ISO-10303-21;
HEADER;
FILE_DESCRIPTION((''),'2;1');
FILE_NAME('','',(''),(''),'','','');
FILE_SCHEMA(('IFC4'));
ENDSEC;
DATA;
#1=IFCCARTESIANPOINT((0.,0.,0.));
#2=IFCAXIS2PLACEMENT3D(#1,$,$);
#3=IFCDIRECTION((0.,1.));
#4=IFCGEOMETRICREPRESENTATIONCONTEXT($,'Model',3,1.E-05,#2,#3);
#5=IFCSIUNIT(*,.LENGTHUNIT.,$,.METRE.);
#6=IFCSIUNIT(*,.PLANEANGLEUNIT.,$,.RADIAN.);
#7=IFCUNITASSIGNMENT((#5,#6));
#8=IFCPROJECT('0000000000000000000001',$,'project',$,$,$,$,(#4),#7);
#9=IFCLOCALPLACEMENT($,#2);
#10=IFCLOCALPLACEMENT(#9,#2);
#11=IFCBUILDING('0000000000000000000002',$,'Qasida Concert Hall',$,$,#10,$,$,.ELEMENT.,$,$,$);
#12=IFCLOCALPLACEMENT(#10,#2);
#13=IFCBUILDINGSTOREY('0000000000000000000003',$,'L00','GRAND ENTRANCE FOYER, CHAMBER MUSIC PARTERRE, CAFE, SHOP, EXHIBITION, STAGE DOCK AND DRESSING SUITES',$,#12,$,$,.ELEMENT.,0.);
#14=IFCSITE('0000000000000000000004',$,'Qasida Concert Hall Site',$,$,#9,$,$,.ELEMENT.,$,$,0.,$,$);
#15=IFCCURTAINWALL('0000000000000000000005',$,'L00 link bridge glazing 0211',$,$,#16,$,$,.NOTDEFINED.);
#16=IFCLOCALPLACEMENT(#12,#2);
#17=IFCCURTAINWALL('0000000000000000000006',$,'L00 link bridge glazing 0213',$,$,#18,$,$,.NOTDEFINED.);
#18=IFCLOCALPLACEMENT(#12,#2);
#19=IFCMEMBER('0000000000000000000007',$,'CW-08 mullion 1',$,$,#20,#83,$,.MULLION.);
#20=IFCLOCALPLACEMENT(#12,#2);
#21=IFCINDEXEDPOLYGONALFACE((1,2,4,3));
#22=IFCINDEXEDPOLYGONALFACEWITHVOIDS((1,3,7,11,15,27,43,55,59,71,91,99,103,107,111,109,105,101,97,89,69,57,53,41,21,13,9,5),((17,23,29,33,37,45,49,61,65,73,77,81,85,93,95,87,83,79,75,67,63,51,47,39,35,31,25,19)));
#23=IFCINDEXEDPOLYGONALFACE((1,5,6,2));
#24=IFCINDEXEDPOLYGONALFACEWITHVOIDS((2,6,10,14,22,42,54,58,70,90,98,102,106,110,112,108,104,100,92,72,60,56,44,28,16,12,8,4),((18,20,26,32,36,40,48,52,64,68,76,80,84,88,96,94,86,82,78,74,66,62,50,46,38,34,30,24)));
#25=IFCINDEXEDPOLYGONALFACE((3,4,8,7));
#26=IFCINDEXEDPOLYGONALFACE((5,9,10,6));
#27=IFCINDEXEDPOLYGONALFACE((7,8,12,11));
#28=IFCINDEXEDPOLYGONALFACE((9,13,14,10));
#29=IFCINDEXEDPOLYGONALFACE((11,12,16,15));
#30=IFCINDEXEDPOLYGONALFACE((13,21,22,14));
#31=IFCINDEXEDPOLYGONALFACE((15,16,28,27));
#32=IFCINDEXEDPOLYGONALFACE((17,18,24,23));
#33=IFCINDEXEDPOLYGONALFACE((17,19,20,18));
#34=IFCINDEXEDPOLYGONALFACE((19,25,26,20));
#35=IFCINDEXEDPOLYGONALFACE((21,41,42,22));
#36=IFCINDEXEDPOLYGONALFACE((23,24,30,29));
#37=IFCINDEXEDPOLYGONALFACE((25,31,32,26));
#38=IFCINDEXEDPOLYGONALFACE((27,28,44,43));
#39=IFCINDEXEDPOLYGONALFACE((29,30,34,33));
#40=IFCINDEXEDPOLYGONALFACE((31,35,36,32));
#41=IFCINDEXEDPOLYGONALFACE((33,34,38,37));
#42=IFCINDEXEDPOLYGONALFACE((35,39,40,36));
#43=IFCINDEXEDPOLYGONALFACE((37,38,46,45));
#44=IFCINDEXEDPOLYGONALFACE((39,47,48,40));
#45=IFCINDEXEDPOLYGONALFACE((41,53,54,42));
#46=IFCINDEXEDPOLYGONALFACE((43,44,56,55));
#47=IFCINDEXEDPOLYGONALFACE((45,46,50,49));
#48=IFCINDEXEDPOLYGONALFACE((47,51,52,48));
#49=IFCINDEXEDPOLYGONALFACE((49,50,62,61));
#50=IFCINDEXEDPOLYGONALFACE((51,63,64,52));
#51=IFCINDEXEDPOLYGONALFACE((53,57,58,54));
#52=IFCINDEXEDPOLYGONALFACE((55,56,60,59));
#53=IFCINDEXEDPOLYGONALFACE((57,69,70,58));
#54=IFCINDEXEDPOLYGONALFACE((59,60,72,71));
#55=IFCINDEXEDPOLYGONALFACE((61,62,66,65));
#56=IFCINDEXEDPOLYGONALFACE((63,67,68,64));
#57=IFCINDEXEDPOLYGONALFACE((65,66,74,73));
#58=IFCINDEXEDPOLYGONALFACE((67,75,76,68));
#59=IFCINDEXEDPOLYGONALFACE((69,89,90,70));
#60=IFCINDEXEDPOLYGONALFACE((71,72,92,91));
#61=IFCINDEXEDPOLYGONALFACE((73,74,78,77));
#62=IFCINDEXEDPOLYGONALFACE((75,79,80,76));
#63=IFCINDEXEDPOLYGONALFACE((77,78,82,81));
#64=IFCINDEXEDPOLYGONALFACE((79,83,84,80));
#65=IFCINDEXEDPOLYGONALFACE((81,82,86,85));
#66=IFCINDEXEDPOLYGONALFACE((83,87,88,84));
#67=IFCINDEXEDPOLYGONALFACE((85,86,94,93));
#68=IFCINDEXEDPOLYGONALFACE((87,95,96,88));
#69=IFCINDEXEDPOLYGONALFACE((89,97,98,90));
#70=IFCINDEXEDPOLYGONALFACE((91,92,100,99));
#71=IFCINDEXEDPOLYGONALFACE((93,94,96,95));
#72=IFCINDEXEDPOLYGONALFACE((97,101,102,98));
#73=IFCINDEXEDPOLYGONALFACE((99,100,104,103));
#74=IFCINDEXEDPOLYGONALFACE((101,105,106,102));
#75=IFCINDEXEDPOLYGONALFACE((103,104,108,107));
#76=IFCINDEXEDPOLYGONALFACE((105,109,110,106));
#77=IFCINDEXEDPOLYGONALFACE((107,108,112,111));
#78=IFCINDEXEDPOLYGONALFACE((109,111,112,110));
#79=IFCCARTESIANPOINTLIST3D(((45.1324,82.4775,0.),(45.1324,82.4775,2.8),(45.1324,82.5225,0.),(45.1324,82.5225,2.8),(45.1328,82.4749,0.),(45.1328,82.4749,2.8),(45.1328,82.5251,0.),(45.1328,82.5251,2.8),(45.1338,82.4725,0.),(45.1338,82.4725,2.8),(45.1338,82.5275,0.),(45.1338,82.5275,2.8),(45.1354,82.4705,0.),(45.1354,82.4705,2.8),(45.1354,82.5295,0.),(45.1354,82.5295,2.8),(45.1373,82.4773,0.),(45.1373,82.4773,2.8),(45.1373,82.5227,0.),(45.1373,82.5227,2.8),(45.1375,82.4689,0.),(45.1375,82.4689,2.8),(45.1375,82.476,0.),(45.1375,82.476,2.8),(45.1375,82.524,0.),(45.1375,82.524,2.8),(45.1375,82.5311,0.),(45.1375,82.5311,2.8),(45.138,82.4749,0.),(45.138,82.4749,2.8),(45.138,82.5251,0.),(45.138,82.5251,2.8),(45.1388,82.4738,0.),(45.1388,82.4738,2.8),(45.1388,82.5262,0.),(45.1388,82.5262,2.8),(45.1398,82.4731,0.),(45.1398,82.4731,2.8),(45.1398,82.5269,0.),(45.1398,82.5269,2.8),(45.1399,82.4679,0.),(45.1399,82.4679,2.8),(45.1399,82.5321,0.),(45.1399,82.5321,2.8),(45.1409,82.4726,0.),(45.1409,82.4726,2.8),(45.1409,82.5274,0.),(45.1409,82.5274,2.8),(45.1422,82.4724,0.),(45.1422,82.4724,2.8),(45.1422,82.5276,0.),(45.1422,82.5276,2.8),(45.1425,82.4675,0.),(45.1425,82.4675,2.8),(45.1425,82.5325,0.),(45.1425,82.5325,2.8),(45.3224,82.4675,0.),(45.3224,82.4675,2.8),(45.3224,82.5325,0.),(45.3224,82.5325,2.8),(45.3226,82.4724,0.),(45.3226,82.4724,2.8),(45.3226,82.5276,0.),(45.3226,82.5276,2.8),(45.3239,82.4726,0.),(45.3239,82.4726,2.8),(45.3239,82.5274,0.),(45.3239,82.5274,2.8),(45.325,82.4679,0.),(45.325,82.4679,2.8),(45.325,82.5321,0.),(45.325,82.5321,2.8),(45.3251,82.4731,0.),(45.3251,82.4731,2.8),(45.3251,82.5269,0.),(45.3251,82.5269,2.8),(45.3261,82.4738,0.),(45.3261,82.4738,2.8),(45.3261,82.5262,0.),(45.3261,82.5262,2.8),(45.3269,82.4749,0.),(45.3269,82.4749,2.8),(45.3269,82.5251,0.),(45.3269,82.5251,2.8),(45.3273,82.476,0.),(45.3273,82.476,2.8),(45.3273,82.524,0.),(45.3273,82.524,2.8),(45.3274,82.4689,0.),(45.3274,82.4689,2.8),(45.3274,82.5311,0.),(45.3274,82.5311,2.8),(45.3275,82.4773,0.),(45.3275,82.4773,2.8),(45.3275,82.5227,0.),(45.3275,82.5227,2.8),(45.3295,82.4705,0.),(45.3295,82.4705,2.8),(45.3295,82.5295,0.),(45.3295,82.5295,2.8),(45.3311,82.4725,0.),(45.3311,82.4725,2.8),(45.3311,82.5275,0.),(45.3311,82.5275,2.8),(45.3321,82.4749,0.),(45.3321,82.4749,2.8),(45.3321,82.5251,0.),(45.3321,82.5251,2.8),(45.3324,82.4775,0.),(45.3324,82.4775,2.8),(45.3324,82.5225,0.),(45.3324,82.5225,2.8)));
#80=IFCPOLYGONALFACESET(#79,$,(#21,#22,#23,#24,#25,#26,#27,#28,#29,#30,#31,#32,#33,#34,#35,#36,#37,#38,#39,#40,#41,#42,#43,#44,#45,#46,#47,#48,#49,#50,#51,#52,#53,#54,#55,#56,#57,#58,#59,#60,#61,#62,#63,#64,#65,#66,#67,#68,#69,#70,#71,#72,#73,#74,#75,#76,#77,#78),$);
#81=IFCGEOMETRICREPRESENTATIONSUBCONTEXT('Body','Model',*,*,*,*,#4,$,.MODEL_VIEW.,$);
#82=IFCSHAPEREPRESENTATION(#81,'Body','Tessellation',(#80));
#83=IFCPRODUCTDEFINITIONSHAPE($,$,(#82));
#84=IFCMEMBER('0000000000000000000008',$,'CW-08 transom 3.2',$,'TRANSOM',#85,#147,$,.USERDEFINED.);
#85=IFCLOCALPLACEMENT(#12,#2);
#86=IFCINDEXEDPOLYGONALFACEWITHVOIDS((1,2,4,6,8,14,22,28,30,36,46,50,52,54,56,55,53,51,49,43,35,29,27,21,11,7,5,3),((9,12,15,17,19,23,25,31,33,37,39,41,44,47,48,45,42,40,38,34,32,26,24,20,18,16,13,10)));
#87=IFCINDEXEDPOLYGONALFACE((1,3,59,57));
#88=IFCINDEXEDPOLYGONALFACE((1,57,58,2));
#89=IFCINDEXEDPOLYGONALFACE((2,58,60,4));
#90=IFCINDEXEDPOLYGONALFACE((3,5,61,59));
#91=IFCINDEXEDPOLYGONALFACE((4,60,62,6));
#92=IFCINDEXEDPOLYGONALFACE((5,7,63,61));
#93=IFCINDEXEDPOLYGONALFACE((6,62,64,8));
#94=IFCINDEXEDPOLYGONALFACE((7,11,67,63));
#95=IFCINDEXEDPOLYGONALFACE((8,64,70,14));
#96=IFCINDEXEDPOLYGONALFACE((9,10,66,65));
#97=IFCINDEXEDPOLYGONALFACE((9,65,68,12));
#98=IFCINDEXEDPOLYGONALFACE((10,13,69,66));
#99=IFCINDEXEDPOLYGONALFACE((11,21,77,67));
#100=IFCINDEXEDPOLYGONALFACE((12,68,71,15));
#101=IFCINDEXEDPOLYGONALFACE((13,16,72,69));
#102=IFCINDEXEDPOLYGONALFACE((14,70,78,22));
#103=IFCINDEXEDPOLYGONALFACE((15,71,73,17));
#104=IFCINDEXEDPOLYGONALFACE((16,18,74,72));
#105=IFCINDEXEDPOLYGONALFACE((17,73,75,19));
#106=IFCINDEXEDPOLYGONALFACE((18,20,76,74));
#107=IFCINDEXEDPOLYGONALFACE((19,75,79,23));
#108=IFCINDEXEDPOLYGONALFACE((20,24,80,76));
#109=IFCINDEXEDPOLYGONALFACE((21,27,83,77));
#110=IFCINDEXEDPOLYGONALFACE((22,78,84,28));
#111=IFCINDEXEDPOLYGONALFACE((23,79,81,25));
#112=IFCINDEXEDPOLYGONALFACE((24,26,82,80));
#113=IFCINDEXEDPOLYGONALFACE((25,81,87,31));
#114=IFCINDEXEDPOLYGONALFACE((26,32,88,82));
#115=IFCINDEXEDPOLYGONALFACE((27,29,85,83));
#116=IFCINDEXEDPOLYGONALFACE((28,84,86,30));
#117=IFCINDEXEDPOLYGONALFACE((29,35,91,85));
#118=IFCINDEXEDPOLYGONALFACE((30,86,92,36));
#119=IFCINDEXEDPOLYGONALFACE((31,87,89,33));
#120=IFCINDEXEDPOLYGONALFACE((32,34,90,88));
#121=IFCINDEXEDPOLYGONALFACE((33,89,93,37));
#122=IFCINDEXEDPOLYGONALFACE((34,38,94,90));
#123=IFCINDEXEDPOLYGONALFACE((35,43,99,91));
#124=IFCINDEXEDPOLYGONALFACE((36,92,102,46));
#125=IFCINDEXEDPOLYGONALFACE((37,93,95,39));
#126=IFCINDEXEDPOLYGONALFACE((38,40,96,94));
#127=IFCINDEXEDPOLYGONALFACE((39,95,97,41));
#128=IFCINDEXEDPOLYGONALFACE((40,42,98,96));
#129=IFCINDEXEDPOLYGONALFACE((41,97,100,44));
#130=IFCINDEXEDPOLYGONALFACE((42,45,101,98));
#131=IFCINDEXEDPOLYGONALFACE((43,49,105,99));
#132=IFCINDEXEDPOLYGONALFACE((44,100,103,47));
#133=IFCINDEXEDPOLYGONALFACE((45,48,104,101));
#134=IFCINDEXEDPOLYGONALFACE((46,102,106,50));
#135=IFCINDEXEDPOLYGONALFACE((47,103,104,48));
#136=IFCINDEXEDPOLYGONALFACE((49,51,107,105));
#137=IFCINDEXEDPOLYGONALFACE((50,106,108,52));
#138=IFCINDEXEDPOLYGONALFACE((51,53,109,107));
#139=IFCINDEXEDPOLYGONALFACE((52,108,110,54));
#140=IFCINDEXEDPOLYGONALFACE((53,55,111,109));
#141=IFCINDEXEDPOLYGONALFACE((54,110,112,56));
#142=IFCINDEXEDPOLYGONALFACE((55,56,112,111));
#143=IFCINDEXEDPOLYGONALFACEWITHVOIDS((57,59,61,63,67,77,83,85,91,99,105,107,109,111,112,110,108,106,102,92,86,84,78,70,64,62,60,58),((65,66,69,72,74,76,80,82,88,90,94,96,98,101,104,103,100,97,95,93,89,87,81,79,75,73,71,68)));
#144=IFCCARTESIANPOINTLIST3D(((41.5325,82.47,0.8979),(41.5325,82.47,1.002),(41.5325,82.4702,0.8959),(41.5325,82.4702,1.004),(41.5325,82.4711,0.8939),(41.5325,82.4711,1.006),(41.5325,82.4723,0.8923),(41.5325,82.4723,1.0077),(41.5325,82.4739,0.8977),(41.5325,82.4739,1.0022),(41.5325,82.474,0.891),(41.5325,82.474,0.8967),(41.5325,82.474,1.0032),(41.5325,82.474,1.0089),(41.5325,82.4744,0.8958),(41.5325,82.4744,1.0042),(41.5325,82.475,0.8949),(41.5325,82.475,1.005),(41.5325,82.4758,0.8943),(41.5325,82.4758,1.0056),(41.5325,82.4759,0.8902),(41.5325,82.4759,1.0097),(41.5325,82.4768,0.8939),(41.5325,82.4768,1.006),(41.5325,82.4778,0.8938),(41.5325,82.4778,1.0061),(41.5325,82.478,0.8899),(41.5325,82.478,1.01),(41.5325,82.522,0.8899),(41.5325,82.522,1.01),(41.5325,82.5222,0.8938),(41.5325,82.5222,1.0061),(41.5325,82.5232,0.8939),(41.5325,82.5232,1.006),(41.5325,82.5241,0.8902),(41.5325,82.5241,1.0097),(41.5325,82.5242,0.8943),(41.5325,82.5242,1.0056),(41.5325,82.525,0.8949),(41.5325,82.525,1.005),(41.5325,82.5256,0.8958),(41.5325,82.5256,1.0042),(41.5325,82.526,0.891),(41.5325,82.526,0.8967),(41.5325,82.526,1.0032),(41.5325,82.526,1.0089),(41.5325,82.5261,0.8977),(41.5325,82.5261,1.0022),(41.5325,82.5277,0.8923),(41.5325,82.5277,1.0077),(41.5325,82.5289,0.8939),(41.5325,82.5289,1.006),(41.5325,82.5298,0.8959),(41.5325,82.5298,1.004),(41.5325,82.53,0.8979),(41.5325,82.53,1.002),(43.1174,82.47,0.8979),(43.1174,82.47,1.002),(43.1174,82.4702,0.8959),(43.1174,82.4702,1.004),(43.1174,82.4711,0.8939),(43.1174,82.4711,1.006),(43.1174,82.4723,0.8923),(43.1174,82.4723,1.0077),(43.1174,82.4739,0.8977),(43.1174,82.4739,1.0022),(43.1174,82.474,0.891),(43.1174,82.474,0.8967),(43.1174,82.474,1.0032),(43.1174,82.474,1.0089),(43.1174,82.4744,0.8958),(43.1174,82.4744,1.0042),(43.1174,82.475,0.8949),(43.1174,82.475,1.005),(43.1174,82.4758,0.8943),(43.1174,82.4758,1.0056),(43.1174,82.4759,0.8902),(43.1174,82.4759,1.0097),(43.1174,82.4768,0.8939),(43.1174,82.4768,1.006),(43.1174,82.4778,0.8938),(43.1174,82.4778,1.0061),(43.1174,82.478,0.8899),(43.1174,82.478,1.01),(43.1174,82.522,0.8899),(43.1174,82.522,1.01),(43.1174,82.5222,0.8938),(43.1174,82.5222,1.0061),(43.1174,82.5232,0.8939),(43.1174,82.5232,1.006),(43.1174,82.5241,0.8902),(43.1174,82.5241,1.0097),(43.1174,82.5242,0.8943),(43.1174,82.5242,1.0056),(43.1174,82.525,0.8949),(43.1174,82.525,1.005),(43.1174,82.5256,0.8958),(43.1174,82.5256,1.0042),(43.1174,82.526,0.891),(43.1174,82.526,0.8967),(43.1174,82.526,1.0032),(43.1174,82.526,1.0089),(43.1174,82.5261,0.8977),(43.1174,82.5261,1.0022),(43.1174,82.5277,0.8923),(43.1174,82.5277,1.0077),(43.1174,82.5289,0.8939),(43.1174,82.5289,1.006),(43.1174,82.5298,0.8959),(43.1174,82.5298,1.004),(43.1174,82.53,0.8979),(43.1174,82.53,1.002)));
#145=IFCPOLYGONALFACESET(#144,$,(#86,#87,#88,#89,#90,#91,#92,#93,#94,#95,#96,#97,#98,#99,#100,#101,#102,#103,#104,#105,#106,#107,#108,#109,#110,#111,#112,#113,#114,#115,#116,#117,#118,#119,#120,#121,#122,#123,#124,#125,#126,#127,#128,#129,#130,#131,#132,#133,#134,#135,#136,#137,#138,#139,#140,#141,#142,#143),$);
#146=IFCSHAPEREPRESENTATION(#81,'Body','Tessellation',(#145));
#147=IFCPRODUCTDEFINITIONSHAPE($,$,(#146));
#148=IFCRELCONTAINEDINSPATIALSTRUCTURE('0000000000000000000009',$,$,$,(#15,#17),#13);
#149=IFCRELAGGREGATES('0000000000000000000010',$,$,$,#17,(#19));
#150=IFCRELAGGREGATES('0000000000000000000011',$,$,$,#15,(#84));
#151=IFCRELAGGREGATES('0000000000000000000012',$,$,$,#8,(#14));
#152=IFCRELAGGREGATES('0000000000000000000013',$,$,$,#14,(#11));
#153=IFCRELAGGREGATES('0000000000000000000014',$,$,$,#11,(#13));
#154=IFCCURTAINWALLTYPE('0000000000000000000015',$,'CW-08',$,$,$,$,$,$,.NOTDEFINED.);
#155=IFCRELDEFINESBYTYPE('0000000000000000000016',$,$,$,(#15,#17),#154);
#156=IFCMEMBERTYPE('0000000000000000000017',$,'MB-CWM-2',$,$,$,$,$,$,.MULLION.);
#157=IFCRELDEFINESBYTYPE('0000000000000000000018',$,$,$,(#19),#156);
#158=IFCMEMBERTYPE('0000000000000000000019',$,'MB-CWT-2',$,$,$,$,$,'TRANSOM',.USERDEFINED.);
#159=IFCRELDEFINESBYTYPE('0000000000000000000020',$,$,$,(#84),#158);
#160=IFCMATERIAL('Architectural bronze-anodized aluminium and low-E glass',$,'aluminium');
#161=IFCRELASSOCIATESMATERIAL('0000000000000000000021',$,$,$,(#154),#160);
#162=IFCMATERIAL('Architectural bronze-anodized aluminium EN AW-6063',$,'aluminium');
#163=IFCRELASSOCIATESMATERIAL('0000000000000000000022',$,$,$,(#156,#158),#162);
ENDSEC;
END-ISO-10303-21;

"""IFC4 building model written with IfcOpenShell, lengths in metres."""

from ifc_helpers import new_model, si_unit, direction, frame, origin, origin_2d, place, context, subcontext, project, spatial, hollow_rectangle, extrude, material, material_profile, profile_set, type_object, element, aggregate, save


model = new_model("IFC4")

# Units and contexts
model_context = context("Model", 3, precision=1e-05, world=origin(), true_north=direction((0.0, 1.0)))
body_context = subcontext(model_context, "Body", "Model", "MODEL_VIEW")
ifc_project = project(units=[si_unit("LENGTHUNIT", "METRE"), si_unit("PLANEANGLEUNIT", "RADIAN")], contexts=[model_context])

# Site, building, storey
site_placement = place(None, origin())
site = spatial("IfcSite", under=ifc_project, at=site_placement, Name="Qasida Concert Hall Site", CompositionType="ELEMENT", RefElevation=0.0)
building_placement = place(site_placement, origin())
building = spatial("IfcBuilding", under=site, at=building_placement, Name="Qasida Concert Hall", CompositionType="ELEMENT")
storey_placement = place(building_placement, origin())
storey = spatial("IfcBuildingStorey", under=building, at=storey_placement, Name="L00", Description="GRAND ENTRANCE FOYER, CHAMBER MUSIC PARTERRE, CAFE, SHOP, EXHIBITION, STAGE DOCK AND DRESSING SUITES", CompositionType="ELEMENT", Elevation=0.0)

# Curtain wall
ifc_material_1 = material(Name="Architectural bronze-anodized aluminium and low-E glass", Category="aluminium")
curtain_wall_type = type_object("IfcCurtainWallType", Name="CW-08", PredefinedType="NOTDEFINED", material=ifc_material_1)
curtain_wall_1_placement = place(storey_placement, origin())
curtain_wall_1 = element("IfcCurtainWall", 1, at=curtain_wall_1_placement, inside=storey, type_object=curtain_wall_type, Name="L00 link bridge glazing 0211", PredefinedType="NOTDEFINED")
ifc_material_2 = material(Name="Architectural bronze-anodized aluminium EN AW-6063", Category="aluminium")
ifc_material_profile_1 = material_profile(ifc_material_2, hollow_rectangle(XDim=0.0649, YDim=0.2, WallThickness=0.0049, InnerFilletRadius=0.0049, OuterFilletRadius=0.01, at=origin_2d()), Name="CWM 200x65x5")
ifc_profile_set_1 = profile_set([ifc_material_profile_1], Name="Architectural bronze-anodized aluminium EN AW-6063")
member_type_1 = type_object("IfcMemberType", Name="MB-CWM-2", PredefinedType="MULLION", material=ifc_profile_set_1)

# Curtain wall, member
curtain_wall_2_placement = place(storey_placement, origin())
curtain_wall_2 = element("IfcCurtainWall", 2, at=curtain_wall_2_placement, inside=storey, type_object=curtain_wall_type, Name="L00 link bridge glazing 0213", PredefinedType="NOTDEFINED")
member_1_placement = place(storey_placement, frame((45.2324, 82.5, 0.0), z_axis=(0.0, 0.0, 1.0), x_axis=(0.0, 1.0, 0.0)))
member_1 = element("IfcMember", 3, at=member_1_placement, type_object=member_type_1, Name="CW-08 mullion 1", PredefinedType="MULLION", context=body_context, shape_type="SweptSolid", body=[
    extrude(hollow_rectangle(XDim=0.0649, YDim=0.2, WallThickness=0.0049, InnerFilletRadius=0.0049, OuterFilletRadius=0.01, at=origin_2d()), origin(), (0.0, 0.0, 1.0), 2.8),
])

# Member
ifc_material_profile_2 = material_profile(ifc_material_2, hollow_rectangle(XDim=0.0601, YDim=0.1201, WallThickness=0.0039, InnerFilletRadius=0.0039, OuterFilletRadius=0.0081, at=origin_2d()), Name="CWT 120x60x4")
ifc_profile_set_2 = profile_set([ifc_material_profile_2], Name="Architectural bronze-anodized aluminium EN AW-6063")
member_type_2 = type_object("IfcMemberType", Name="MB-CWT-2", ElementType="TRANSOM", PredefinedType="USERDEFINED", material=ifc_profile_set_2)
member_2_placement = place(storey_placement, frame((41.5325, 82.5, 0.95), z_axis=(1.0, 0.0, 0.0), x_axis=(0.0, 1.0, 0.0)))
member_2 = element("IfcMember", 4, at=member_2_placement, type_object=member_type_2, Name="CW-08 transom 3.2", ObjectType="TRANSOM", PredefinedType="USERDEFINED", context=body_context, shape_type="SweptSolid", body=[
    extrude(hollow_rectangle(XDim=0.0601, YDim=0.1201, WallThickness=0.0039, InnerFilletRadius=0.0039, OuterFilletRadius=0.0081, at=origin_2d()), origin(), (0.0, 0.0, 1.0), 1.585),
])

aggregate(curtain_wall_2, [member_1])

aggregate(curtain_wall_1, [member_2])

save(model, "model.ifc")
